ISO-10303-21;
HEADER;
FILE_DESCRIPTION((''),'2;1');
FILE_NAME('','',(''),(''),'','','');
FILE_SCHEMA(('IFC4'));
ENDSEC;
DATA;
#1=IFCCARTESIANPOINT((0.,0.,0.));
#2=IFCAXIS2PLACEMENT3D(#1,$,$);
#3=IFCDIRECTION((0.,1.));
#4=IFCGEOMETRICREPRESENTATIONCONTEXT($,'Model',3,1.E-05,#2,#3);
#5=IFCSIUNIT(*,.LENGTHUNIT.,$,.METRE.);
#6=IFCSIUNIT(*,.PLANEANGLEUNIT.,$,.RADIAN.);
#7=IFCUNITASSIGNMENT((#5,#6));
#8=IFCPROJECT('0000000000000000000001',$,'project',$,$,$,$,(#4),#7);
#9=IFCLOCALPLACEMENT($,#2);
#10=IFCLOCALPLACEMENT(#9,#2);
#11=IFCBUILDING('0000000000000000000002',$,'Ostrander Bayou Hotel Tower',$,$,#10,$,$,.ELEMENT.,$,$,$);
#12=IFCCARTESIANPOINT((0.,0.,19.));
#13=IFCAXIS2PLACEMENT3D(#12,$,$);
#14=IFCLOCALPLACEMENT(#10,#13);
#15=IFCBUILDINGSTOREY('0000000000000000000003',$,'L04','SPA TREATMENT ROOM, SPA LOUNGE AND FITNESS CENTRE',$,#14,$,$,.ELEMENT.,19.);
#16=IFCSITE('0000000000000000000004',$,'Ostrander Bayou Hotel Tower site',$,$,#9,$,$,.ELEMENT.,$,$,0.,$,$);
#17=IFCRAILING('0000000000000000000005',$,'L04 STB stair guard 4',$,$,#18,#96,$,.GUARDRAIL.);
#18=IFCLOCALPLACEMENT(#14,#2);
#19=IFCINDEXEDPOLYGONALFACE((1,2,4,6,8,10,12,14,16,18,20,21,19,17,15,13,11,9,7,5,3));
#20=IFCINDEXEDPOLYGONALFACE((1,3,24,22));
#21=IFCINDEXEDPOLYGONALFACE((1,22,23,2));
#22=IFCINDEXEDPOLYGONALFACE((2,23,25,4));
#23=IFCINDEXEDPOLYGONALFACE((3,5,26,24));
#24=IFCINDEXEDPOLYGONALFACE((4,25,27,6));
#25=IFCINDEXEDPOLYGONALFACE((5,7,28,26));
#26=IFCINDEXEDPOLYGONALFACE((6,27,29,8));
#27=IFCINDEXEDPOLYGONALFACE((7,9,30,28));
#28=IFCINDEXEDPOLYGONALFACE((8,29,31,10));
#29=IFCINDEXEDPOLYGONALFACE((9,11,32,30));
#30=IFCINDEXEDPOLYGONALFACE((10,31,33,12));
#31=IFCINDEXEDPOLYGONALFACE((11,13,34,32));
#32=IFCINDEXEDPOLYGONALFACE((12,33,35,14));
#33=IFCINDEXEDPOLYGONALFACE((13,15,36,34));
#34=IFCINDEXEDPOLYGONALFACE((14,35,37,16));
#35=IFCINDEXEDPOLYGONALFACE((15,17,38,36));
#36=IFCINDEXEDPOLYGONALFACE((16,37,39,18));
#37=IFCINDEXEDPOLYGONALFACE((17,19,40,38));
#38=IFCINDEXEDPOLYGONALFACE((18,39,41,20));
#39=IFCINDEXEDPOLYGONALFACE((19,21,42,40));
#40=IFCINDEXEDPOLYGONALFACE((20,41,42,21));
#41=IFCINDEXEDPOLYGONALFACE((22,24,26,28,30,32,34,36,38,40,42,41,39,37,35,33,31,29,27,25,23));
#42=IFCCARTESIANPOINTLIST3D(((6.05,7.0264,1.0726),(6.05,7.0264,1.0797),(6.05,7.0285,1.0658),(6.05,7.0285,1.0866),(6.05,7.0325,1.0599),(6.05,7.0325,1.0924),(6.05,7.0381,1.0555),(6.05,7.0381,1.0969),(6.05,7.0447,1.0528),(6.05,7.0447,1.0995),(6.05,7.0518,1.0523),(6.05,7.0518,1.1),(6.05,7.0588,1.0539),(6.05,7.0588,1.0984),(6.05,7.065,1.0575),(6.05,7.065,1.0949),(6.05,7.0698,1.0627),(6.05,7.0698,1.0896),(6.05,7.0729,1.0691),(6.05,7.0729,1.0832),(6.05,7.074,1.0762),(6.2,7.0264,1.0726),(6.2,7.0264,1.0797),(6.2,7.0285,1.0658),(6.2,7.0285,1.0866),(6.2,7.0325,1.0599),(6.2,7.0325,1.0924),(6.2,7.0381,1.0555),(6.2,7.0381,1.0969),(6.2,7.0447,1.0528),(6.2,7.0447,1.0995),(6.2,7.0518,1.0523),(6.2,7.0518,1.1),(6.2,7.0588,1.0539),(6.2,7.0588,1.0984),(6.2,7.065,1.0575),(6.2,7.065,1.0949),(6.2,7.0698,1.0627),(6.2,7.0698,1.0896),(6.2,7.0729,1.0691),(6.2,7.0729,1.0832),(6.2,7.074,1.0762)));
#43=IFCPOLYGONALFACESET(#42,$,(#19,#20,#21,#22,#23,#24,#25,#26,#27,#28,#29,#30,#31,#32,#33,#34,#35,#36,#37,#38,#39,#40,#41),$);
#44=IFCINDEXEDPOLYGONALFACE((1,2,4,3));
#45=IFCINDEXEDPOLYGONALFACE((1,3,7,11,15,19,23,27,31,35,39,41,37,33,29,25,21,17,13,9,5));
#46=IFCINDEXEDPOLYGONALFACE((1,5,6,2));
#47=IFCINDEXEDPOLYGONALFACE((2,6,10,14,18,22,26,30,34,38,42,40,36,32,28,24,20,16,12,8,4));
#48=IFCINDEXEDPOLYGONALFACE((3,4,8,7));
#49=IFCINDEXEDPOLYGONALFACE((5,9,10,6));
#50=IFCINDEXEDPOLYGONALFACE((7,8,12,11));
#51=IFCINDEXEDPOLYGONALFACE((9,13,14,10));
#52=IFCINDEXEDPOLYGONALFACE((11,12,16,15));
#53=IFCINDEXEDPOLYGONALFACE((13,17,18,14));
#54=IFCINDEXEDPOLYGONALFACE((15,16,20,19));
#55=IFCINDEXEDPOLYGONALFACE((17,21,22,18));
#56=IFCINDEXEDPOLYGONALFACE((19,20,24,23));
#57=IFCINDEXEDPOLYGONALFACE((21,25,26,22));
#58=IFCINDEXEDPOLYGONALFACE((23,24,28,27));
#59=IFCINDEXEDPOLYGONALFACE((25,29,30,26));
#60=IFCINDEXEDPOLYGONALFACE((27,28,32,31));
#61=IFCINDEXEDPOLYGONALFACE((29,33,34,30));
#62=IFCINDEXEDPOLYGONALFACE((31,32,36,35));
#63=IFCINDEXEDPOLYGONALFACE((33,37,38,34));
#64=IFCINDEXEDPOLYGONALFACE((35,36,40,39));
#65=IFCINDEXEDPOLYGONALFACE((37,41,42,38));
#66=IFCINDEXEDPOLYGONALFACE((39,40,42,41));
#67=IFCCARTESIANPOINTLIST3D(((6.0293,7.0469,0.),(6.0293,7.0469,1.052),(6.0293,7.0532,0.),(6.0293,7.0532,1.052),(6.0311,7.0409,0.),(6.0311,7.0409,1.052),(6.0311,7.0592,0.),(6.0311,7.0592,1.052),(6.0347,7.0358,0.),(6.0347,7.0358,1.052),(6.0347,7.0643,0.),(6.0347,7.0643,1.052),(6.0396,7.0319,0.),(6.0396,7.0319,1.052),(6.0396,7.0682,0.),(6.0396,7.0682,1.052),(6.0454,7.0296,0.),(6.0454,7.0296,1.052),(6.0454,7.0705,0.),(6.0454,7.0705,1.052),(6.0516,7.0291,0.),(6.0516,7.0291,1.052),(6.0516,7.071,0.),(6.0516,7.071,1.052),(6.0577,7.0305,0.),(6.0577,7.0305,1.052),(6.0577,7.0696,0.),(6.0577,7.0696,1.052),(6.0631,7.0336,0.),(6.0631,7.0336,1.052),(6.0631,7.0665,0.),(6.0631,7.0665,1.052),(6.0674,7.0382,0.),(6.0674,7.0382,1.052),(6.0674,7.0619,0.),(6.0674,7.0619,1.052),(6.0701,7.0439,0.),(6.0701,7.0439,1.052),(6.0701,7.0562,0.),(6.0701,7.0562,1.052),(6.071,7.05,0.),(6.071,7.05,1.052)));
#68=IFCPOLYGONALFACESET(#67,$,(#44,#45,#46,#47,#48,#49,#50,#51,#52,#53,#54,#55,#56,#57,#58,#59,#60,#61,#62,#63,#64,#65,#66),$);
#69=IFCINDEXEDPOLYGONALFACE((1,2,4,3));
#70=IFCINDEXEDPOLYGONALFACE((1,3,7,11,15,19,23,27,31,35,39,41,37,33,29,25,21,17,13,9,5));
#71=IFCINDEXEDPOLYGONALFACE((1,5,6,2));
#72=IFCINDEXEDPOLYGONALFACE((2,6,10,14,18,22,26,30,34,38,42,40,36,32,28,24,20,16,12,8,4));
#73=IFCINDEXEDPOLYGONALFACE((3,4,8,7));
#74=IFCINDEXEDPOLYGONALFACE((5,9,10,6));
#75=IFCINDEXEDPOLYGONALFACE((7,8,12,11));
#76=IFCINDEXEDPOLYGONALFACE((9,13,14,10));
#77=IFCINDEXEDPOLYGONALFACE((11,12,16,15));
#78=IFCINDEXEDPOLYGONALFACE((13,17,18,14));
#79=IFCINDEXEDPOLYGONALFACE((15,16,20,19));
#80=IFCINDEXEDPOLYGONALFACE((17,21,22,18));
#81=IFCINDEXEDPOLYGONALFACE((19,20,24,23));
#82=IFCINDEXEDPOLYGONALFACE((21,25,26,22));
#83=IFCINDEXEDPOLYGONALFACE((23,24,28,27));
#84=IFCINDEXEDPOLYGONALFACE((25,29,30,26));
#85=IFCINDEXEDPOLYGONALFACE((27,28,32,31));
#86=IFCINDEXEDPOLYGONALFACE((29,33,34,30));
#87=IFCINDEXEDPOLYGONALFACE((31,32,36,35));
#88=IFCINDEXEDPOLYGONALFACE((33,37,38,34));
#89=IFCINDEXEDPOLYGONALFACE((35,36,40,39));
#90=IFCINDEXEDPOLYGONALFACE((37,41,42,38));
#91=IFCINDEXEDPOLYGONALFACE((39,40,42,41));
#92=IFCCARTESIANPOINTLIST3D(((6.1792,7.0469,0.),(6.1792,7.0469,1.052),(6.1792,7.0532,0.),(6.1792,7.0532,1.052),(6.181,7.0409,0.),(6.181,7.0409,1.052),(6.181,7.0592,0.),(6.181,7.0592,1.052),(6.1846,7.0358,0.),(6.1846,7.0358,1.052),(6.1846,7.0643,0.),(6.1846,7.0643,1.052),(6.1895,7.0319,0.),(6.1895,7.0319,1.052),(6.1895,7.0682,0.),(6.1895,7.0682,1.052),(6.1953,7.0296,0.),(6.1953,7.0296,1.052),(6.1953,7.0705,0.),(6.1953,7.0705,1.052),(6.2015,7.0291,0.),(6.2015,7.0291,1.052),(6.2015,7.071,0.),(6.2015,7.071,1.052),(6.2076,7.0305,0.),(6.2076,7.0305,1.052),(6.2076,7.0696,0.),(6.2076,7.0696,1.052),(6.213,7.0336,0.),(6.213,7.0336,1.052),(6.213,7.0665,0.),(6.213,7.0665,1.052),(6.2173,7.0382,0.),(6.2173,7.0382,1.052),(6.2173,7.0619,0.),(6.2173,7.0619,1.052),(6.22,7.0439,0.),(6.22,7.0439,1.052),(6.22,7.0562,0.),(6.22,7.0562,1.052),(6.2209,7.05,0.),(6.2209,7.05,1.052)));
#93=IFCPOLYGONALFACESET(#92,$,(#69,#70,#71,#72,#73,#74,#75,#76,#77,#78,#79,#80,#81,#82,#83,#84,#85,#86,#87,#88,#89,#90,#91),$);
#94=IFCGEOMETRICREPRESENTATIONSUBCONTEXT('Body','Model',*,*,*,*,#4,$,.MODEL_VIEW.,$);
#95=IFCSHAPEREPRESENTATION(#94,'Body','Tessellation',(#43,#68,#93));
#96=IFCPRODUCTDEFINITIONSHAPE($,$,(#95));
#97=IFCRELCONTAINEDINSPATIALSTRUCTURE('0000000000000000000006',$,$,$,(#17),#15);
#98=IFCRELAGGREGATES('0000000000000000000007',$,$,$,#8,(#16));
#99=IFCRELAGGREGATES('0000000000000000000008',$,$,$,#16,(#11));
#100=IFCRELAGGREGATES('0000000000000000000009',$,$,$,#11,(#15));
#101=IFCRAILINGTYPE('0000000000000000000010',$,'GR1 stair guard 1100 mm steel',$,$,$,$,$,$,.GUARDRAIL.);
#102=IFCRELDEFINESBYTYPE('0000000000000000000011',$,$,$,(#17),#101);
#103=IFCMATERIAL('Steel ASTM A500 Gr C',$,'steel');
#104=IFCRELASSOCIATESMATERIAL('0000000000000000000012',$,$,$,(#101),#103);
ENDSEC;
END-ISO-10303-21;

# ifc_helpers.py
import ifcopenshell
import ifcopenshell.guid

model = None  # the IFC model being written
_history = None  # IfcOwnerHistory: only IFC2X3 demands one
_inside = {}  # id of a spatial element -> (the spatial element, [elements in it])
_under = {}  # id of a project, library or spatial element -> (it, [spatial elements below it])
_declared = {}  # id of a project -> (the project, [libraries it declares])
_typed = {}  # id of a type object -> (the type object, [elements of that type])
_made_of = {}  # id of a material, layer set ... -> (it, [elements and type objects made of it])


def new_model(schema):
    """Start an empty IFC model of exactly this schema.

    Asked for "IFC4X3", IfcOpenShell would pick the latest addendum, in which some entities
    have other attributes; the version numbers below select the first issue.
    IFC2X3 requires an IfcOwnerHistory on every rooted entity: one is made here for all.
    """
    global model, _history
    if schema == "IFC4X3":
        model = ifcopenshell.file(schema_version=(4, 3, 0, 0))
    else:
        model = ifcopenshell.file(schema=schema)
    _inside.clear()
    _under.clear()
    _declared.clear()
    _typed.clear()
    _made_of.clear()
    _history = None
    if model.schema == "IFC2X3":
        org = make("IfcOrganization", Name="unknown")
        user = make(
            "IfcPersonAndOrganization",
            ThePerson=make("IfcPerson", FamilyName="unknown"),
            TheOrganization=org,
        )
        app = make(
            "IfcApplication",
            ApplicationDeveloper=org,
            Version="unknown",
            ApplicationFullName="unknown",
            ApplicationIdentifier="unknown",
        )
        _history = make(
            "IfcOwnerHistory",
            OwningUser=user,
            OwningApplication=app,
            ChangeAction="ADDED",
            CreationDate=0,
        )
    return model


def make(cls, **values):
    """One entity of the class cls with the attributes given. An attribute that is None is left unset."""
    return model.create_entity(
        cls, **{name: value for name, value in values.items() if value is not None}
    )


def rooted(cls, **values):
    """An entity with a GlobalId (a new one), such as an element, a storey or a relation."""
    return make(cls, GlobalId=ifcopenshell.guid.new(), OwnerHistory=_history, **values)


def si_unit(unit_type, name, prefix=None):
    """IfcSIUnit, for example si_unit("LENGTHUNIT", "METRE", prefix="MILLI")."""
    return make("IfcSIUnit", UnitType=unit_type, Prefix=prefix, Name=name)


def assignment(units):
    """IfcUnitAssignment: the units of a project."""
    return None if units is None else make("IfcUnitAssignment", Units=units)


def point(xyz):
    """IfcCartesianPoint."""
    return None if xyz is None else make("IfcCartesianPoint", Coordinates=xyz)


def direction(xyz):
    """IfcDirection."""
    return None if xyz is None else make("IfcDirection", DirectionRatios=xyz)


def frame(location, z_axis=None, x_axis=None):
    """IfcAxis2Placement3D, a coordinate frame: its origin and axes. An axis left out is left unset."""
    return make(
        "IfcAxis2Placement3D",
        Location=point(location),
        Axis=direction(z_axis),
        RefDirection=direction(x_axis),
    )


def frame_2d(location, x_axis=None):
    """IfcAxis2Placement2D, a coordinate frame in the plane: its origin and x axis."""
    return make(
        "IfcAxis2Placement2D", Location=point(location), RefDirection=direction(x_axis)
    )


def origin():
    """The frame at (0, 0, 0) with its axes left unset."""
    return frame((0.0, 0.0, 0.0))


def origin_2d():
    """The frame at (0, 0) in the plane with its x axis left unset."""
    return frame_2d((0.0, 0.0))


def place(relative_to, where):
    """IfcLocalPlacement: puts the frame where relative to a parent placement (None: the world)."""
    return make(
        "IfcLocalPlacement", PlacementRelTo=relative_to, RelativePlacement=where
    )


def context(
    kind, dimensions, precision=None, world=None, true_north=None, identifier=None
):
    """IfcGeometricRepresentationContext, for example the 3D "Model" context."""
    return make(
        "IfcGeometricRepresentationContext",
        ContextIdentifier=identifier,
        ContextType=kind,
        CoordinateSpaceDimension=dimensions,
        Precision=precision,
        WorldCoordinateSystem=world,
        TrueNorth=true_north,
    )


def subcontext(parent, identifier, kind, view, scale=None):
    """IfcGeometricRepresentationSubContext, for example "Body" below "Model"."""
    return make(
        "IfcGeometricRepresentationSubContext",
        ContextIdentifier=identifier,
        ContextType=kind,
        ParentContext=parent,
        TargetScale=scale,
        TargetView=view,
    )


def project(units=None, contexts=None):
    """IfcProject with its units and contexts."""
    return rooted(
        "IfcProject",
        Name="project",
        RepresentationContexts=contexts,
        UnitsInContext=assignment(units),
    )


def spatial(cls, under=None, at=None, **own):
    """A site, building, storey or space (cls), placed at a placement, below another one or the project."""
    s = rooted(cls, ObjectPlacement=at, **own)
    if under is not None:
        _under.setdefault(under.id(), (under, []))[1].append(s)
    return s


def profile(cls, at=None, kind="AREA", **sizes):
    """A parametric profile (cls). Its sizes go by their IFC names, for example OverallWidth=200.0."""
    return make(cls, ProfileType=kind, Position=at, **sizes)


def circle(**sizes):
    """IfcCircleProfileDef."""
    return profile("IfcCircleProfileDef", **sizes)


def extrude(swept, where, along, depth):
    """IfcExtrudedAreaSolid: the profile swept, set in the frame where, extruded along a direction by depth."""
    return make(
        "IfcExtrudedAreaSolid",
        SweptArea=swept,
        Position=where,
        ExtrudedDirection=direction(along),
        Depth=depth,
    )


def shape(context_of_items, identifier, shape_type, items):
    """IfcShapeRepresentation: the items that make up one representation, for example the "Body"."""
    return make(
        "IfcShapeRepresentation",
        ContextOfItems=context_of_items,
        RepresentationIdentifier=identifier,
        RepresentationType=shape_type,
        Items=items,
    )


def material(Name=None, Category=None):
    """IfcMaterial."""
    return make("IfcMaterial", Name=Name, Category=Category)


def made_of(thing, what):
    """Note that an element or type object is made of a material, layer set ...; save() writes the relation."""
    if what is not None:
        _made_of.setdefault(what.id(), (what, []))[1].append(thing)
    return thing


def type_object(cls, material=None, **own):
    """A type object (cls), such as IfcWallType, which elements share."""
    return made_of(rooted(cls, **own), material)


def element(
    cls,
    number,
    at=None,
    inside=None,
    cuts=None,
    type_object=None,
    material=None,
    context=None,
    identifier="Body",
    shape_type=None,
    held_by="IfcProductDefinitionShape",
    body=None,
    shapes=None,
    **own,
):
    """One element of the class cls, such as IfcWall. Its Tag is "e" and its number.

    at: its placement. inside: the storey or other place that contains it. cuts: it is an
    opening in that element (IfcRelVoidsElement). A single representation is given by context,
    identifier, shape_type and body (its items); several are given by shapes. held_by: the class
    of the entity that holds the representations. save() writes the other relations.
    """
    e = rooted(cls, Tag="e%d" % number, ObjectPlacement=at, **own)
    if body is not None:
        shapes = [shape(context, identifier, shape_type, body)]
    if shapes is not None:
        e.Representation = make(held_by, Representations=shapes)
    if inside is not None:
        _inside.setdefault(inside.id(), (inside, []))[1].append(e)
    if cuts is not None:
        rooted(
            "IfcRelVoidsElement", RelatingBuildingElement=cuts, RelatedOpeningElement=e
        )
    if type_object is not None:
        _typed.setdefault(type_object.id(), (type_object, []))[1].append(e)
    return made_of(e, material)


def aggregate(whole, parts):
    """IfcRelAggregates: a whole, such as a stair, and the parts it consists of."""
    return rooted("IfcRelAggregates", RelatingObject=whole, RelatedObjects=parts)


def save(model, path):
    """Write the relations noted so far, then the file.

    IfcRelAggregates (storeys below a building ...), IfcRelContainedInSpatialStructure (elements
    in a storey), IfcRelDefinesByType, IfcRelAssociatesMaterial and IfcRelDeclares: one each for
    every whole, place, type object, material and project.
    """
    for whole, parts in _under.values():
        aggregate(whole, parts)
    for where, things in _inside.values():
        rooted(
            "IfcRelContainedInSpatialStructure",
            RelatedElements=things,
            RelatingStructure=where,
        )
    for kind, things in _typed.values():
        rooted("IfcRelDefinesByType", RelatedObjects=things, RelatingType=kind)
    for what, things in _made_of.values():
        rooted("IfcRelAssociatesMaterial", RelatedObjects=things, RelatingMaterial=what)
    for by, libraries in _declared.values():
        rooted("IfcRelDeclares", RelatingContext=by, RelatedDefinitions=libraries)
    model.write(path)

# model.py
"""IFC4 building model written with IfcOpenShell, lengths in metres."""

from ifc_helpers import new_model, si_unit, direction, frame, origin, origin_2d, place, context, subcontext, project, spatial, circle, extrude, material, type_object, element, save


model = new_model("IFC4")

# Units and contexts
model_context = context("Model", 3, precision=1e-05, world=origin(), true_north=direction((0.0, 1.0)))
body_context = subcontext(model_context, "Body", "Model", "MODEL_VIEW")
ifc_project = project(units=[si_unit("LENGTHUNIT", "METRE"), si_unit("PLANEANGLEUNIT", "RADIAN")], contexts=[model_context])

# Site, building, storey
site_placement = place(None, origin())
site = spatial("IfcSite", under=ifc_project, at=site_placement, Name="Ostrander Bayou Hotel Tower site", CompositionType="ELEMENT", RefElevation=0.0)
building_placement = place(site_placement, origin())
building = spatial("IfcBuilding", under=site, at=building_placement, Name="Ostrander Bayou Hotel Tower", CompositionType="ELEMENT")
storey_placement = place(building_placement, frame((0.0, 0.0, 19.0)))
storey = spatial("IfcBuildingStorey", under=building, at=storey_placement, Name="L04", Description="SPA TREATMENT ROOM, SPA LOUNGE AND FITNESS CENTRE", CompositionType="ELEMENT", Elevation=19.0)

# Railing
ifc_material_1 = material(Name="Steel ASTM A500 Gr C", Category="steel")
railing_type_1 = type_object("IfcRailingType", Name="GR1 stair guard 1100 mm steel", PredefinedType="GUARDRAIL", material=ifc_material_1)
railing_1_placement = place(storey_placement, frame((6.05, 7.05, 0.0)))
element("IfcRailing", 1, at=railing_1_placement, inside=storey, type_object=railing_type_1, Name="L04 STB stair guard 4", PredefinedType="GUARDRAIL", context=body_context, shape_type="SweptSolid", body=[
    extrude(circle(Radius=0.0239, at=origin_2d()), frame((0.0, 0.0, 1.0762), z_axis=(1.0, 0.0, 0.0), x_axis=(0.0, 1.0, 0.0)), (0.0, 0.0, 1.0), 0.1499),
    extrude(circle(Radius=0.021, at=origin_2d()), origin(), (0.0, 0.0, 1.0), 1.052),
    extrude(circle(Radius=0.021, at=origin_2d()), frame((0.1499, 0.0, 0.0)), (0.0, 0.0, 1.0), 1.052),
])

save(model, "model.ifc")
